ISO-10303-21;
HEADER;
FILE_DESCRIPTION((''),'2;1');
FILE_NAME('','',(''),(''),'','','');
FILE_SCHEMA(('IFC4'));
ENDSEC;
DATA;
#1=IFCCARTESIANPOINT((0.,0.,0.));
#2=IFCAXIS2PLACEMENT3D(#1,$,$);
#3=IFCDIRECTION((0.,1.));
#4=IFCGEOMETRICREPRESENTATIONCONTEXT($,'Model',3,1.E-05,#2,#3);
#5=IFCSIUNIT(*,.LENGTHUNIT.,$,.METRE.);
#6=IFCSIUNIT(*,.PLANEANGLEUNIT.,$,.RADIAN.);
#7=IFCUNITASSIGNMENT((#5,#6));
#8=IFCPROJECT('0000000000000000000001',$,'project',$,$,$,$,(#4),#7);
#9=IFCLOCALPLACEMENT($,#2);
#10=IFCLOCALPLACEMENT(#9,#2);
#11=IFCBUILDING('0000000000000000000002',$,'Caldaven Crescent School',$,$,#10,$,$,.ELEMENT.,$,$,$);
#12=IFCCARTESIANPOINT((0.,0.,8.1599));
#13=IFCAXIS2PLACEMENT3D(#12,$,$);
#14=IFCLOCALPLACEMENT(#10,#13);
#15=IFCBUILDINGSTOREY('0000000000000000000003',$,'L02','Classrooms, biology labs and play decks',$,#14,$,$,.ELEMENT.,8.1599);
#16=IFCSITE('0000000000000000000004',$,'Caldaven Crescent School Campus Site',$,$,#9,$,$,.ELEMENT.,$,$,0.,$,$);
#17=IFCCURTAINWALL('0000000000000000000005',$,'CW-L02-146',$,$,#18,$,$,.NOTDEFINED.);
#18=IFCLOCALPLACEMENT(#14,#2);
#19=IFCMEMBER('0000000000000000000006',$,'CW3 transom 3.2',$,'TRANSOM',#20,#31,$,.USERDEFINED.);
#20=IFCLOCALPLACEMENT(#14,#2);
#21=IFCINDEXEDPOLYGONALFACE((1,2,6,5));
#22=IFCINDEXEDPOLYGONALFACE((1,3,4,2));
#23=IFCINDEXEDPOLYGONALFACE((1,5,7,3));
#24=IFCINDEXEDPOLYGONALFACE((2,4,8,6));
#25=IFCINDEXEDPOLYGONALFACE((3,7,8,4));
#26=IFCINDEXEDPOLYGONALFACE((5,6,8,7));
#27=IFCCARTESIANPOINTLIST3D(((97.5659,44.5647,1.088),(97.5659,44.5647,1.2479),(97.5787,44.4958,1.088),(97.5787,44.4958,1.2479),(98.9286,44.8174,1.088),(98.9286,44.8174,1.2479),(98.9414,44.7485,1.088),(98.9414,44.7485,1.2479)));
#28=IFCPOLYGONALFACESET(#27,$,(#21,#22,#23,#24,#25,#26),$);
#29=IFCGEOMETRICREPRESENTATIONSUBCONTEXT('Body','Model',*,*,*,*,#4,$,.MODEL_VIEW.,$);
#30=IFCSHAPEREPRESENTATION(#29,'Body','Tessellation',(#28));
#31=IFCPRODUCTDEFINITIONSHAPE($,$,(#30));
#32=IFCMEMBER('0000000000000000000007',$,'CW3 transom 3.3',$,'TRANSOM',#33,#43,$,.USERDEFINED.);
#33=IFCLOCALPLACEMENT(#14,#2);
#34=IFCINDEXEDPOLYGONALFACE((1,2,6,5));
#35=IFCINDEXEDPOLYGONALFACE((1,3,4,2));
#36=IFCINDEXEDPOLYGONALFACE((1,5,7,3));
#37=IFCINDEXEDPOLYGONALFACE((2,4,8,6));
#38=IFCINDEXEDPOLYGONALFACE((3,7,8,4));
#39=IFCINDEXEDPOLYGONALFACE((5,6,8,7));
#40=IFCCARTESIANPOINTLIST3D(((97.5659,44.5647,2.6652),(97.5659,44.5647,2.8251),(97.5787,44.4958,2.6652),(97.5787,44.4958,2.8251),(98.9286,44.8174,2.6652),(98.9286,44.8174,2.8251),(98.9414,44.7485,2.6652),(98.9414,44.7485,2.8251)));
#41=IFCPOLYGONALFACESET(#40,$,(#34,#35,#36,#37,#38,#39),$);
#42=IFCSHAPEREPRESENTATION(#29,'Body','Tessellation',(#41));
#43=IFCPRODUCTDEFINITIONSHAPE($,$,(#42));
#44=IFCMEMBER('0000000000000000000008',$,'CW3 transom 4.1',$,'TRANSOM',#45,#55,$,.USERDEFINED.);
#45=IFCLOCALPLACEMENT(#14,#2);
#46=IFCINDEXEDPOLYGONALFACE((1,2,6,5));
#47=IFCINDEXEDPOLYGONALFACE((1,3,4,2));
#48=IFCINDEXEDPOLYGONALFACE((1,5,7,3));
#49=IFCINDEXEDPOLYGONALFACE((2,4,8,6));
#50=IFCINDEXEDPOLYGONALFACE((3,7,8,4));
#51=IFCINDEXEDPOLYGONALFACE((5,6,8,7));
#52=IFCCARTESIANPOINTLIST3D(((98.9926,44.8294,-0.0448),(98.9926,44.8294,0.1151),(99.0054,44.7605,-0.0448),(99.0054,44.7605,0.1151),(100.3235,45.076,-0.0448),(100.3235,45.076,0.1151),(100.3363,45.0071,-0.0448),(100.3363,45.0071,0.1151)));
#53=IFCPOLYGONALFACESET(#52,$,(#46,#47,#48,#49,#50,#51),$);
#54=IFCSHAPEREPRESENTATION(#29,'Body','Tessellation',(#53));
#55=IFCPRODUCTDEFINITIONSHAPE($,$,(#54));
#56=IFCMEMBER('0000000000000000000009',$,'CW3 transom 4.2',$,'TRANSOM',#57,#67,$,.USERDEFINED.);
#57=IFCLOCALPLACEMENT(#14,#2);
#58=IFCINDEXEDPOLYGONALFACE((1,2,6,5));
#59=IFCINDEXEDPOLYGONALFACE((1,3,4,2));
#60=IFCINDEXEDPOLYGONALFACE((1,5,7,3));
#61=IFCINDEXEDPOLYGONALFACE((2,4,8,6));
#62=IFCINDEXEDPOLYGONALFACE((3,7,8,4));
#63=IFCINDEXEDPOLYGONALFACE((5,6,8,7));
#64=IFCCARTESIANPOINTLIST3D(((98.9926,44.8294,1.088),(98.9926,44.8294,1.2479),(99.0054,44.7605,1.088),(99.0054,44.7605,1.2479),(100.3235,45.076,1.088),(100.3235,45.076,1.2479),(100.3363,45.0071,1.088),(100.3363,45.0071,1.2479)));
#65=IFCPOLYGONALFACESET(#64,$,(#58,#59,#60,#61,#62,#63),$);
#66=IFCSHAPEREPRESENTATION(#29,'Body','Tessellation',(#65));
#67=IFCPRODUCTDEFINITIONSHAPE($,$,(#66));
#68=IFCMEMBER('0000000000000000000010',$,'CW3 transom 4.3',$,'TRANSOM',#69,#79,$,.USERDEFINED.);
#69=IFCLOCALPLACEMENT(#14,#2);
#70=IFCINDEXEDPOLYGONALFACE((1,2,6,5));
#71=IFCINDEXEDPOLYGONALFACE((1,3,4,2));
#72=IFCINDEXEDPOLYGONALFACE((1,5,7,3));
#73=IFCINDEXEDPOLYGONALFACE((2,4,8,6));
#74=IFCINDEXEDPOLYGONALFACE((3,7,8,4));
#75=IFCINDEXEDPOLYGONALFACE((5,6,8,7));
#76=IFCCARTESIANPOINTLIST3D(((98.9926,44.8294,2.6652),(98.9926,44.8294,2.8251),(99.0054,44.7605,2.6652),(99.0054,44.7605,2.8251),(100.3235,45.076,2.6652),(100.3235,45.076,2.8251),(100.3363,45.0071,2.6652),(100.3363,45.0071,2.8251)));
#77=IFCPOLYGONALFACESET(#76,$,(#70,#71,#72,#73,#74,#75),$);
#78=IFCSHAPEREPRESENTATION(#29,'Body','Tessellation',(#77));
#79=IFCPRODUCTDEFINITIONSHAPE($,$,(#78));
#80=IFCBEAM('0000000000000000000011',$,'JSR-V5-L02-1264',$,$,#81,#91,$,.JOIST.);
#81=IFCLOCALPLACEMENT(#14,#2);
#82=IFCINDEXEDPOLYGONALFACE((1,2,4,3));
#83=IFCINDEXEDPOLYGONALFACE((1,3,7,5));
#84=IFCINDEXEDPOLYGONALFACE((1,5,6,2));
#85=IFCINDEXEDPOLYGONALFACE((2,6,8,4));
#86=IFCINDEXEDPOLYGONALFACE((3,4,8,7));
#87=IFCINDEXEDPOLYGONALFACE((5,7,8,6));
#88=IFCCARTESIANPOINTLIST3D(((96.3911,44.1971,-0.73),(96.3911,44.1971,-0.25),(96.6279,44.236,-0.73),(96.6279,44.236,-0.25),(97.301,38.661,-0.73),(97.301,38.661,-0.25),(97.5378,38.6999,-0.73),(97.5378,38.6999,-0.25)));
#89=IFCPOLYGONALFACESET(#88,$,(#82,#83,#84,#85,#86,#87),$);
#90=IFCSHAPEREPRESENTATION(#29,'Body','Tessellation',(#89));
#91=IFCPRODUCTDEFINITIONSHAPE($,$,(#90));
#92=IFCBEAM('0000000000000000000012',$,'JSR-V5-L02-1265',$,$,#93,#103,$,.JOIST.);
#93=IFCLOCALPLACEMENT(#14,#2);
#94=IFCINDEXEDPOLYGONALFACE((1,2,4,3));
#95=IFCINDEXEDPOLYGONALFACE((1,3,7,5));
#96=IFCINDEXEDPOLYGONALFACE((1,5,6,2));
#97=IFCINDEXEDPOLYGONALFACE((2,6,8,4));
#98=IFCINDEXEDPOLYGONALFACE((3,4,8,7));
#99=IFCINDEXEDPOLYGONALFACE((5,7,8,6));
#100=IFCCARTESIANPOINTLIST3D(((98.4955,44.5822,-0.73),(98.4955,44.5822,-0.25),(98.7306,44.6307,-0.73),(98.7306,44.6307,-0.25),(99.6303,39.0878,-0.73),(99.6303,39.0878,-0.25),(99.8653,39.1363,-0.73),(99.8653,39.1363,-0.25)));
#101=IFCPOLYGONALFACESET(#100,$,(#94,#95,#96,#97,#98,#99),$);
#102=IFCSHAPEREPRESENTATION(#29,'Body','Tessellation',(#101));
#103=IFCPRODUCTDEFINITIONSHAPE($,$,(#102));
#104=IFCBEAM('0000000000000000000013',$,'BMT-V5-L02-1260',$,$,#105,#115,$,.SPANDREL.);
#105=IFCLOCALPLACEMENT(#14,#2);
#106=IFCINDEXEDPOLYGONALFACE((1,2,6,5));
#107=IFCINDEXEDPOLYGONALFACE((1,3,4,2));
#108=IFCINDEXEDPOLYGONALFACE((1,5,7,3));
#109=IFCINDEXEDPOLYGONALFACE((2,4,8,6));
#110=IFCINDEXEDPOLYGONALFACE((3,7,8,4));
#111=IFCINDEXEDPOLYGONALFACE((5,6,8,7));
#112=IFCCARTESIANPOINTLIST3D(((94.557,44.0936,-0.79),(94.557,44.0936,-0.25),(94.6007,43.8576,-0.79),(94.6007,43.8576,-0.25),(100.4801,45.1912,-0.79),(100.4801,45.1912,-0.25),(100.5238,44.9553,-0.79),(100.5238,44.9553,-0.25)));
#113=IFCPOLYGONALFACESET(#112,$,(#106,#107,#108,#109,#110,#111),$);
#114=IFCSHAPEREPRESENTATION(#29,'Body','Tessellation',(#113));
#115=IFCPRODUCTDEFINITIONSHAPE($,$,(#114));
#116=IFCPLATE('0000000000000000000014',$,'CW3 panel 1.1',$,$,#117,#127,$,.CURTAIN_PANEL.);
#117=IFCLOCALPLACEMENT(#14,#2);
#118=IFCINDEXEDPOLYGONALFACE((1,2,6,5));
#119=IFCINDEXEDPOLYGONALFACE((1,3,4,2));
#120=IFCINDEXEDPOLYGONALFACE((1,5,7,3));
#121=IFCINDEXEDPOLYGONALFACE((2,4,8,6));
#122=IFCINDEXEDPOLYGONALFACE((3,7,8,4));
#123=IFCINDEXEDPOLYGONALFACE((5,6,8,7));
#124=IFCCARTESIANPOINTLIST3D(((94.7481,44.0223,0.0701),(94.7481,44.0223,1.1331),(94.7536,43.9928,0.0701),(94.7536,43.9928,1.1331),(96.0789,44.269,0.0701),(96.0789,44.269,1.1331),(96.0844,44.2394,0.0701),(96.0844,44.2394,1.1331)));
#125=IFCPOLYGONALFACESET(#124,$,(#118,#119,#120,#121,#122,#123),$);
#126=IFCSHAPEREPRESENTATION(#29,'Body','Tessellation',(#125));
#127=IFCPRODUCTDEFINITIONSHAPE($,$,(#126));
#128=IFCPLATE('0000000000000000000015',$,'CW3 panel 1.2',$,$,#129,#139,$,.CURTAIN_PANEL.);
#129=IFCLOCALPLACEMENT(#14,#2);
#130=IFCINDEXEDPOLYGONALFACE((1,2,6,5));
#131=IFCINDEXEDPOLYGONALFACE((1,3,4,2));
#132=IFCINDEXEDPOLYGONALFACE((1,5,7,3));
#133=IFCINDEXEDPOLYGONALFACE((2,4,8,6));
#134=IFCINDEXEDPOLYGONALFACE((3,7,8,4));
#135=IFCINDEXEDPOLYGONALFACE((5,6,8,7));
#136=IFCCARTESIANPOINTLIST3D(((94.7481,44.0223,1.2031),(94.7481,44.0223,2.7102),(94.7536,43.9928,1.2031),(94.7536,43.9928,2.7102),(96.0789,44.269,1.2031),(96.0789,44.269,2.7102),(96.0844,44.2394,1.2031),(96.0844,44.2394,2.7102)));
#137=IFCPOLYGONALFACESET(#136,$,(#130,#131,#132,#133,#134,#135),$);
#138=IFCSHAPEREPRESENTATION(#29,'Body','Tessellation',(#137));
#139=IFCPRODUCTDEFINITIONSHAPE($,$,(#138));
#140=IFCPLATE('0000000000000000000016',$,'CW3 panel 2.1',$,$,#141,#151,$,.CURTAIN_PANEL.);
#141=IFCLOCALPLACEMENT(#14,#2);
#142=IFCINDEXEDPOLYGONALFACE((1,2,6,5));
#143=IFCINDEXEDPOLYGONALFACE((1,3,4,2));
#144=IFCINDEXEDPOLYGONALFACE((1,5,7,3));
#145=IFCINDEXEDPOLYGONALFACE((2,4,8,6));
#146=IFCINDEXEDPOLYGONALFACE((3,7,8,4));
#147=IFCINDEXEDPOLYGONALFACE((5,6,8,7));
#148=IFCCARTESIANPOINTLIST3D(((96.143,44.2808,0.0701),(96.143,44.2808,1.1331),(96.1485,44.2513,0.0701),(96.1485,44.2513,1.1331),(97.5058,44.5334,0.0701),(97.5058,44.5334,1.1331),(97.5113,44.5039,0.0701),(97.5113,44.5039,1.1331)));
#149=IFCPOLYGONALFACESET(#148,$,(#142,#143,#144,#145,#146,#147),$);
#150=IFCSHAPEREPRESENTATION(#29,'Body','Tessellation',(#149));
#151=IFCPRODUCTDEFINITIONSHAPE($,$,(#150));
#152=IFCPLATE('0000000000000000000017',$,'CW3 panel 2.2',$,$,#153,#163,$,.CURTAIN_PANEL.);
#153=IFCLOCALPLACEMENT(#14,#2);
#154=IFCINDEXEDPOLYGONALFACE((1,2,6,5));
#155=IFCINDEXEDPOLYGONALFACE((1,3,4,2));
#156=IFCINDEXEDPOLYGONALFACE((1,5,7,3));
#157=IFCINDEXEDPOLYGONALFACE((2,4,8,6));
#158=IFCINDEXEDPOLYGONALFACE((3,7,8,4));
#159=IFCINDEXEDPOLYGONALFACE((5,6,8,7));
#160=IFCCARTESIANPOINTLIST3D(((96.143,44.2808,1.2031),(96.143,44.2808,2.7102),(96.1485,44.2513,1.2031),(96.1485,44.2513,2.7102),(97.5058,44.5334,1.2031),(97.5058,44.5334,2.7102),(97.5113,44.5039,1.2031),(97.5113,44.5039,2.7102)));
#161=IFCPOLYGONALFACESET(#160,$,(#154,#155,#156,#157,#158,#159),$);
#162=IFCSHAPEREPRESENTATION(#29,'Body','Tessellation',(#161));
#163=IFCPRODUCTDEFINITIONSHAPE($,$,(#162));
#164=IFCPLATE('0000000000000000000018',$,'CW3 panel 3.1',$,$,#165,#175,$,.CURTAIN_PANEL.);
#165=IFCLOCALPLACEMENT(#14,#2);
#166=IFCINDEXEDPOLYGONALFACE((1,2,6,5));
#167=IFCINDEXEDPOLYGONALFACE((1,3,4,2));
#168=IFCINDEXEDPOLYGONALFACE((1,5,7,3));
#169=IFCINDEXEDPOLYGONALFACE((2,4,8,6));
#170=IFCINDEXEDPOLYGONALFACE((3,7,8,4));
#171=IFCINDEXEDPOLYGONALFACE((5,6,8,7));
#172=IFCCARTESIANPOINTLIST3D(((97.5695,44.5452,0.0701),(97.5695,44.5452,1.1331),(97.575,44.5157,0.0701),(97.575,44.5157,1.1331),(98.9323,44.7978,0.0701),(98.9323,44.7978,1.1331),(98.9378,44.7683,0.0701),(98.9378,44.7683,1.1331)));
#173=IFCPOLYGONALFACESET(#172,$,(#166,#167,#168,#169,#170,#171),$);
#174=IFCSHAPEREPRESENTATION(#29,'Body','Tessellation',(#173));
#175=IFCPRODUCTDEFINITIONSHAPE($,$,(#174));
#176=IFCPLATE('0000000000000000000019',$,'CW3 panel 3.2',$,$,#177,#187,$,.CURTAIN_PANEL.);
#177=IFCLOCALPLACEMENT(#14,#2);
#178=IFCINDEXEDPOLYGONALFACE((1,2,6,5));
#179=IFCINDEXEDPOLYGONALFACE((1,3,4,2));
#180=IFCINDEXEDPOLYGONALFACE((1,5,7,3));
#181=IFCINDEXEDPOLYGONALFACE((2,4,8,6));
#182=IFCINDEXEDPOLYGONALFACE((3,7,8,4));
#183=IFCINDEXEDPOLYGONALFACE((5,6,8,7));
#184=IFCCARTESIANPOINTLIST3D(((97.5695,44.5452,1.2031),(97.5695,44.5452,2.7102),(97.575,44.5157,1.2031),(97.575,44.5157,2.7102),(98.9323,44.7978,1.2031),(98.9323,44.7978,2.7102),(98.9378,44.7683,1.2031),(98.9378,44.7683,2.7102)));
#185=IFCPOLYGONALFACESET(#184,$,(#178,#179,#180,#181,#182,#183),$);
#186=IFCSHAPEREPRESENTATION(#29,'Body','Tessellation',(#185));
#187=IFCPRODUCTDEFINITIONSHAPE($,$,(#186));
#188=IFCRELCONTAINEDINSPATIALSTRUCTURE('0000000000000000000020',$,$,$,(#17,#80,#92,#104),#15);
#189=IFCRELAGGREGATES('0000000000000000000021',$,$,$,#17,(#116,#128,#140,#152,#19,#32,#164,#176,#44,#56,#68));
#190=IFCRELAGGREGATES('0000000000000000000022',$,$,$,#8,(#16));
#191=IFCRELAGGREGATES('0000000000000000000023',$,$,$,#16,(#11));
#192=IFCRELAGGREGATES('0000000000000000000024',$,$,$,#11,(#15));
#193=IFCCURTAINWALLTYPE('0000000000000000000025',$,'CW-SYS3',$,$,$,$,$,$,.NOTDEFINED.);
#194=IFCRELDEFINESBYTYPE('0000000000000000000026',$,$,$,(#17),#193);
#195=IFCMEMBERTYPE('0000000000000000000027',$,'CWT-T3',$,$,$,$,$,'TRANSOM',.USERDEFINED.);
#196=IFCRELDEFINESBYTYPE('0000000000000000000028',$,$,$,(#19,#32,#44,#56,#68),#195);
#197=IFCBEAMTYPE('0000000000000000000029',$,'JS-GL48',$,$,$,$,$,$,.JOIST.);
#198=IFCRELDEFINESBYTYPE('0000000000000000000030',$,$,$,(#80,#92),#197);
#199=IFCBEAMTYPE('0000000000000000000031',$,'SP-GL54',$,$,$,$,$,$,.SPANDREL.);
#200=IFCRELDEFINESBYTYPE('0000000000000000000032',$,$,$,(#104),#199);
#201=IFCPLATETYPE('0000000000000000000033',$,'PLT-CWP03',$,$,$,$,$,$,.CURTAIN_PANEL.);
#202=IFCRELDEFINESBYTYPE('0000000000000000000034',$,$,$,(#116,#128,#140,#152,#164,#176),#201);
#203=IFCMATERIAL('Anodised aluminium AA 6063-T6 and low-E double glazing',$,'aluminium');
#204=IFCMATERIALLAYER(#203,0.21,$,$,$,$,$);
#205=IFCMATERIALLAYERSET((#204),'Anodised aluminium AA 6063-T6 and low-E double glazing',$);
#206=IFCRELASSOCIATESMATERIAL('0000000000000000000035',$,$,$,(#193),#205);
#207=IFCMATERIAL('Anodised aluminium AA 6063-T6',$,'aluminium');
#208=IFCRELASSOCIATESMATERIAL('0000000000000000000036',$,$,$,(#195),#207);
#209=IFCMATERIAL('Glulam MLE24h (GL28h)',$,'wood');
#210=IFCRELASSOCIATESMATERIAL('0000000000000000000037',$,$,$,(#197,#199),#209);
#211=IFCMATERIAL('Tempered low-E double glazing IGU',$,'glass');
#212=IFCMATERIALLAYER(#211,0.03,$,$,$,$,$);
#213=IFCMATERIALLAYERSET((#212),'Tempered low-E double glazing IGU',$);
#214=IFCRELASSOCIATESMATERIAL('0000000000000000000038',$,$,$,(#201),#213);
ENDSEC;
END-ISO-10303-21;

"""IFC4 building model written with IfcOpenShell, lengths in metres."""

from ifc_helpers import new_model, si_unit, direction, frame, origin, origin_2d, place, context, subcontext, project, spatial, rectangle, extrude, material, layer, layer_set, material_profile, profile_set, type_object, element, aggregate, save


model = new_model("IFC4")

# Units and contexts
model_context = context("Model", 3, precision=1e-05, world=origin(), true_north=direction((0.0, 1.0)))
body_context = subcontext(model_context, "Body", "Model", "MODEL_VIEW")
ifc_project = project(units=[si_unit("LENGTHUNIT", "METRE"), si_unit("PLANEANGLEUNIT", "RADIAN")], contexts=[model_context])

# Site, building, storey
site_placement = place(None, origin())
site = spatial("IfcSite", under=ifc_project, at=site_placement, Name="Caldaven Crescent School Campus Site", CompositionType="ELEMENT", RefElevation=0.0)
building_placement = place(site_placement, origin())
building = spatial("IfcBuilding", under=site, at=building_placement, Name="Caldaven Crescent School", CompositionType="ELEMENT")
storey_placement = place(building_placement, frame((0.0, 0.0, 8.1599)))
storey = spatial("IfcBuildingStorey", under=building, at=storey_placement, Name="L02", Description="Classrooms, biology labs and play decks", CompositionType="ELEMENT", Elevation=8.1599)

# Shared definitions
ifc_material_1 = material(Name="Glulam MLE24h (GL28h)", Category="wood")

# Shared definitions
ifc_material_2 = material(Name="Anodised aluminium AA 6063-T6 and low-E double glazing", Category="aluminium")
ifc_material_3 = material(Name="Anodised aluminium AA 6063-T6", Category="aluminium")

# Curtain wall, members
ifc_layer_1 = layer(ifc_material_2, 0.21)
ifc_layer_set_1 = layer_set([ifc_layer_1], Name="Anodised aluminium AA 6063-T6 and low-E double glazing")
curtain_wall_type_1 = type_object("IfcCurtainWallType", Name="CW-SYS3", PredefinedType="NOTDEFINED", material=ifc_layer_set_1)
curtain_wall_1_placement = place(storey_placement, origin())
curtain_wall_1 = element("IfcCurtainWall", 1, at=curtain_wall_1_placement, inside=storey, type_object=curtain_wall_type_1, Name="CW-L02-146", PredefinedType="NOTDEFINED")
ifc_material_profile_1 = material_profile(ifc_material_3, rectangle(XDim=0.0701, YDim=0.1599, at=origin_2d()), Name="CWT 70x160")
ifc_profile_set_1 = profile_set([ifc_material_profile_1], Name="Anodised aluminium AA 6063-T6")
member_type_1 = type_object("IfcMemberType", Name="CWT-T3", ElementType="TRANSOM", PredefinedType="USERDEFINED", material=ifc_profile_set_1)
member_1_placement = place(storey_placement, frame((97.5723, 44.5303, 1.168), z_axis=(0.983241, 0.18231, 0.0), x_axis=(-0.18231, 0.983241, 0.0)))
member_1 = element("IfcMember", 2, at=member_1_placement, type_object=member_type_1, Name="CW3 transom 3.2", ObjectType="TRANSOM", PredefinedType="USERDEFINED", context=body_context, shape_type="SweptSolid", body=[
    extrude(rectangle(XDim=0.0701, YDim=0.1599, at=origin_2d()), origin(), (0.0, 0.0, 1.0), 1.386),
])
member_2_placement = place(storey_placement, frame((97.5723, 44.5303, 2.7451), z_axis=(0.983241, 0.18231, 0.0), x_axis=(-0.18231, 0.983241, 0.0)))
member_2 = element("IfcMember", 3, at=member_2_placement, type_object=member_type_1, Name="CW3 transom 3.3", ObjectType="TRANSOM", PredefinedType="USERDEFINED", context=body_context, shape_type="SweptSolid", body=[
    extrude(rectangle(XDim=0.0701, YDim=0.1599, at=origin_2d()), origin(), (0.0, 0.0, 1.0), 1.386),
])
member_3_placement = place(storey_placement, frame((98.999, 44.7949, 0.0352), z_axis=(0.983264, 0.182186, 0.0), x_axis=(-0.182186, 0.983264, 0.0)))
member_3 = element("IfcMember", 4, at=member_3_placement, type_object=member_type_1, Name="CW3 transom 4.1", ObjectType="TRANSOM", PredefinedType="USERDEFINED", context=body_context, shape_type="SweptSolid", body=[
    extrude(rectangle(XDim=0.0701, YDim=0.1599, at=origin_2d()), origin(), (0.0, 0.0, 1.0), 1.3535),
])
member_4_placement = place(storey_placement, frame((98.999, 44.7949, 1.168), z_axis=(0.983264, 0.182186, 0.0), x_axis=(-0.182186, 0.983264, 0.0)))
member_4 = element("IfcMember", 5, at=member_4_placement, type_object=member_type_1, Name="CW3 transom 4.2", ObjectType="TRANSOM", PredefinedType="USERDEFINED", context=body_context, shape_type="SweptSolid", body=[
    extrude(rectangle(XDim=0.0701, YDim=0.1599, at=origin_2d()), origin(), (0.0, 0.0, 1.0), 1.3535),
])
member_5_placement = place(storey_placement, frame((98.999, 44.7949, 2.7451), z_axis=(0.983264, 0.182186, 0.0), x_axis=(-0.182186, 0.983264, 0.0)))
member_5 = element("IfcMember", 6, at=member_5_placement, type_object=member_type_1, Name="CW3 transom 4.3", ObjectType="TRANSOM", PredefinedType="USERDEFINED", context=body_context, shape_type="SweptSolid", body=[
    extrude(rectangle(XDim=0.0701, YDim=0.1599, at=origin_2d()), origin(), (0.0, 0.0, 1.0), 1.3535),
])

# Beams
ifc_material_profile_2 = material_profile(ifc_material_1, rectangle(XDim=0.24, YDim=0.48, at=origin_2d()), Name="MLE 240x480")
ifc_profile_set_2 = profile_set([ifc_material_profile_2], Name="Glulam MLE24h (GL28h)")
beam_type_1 = type_object("IfcBeamType", Name="JS-GL48", PredefinedType="JOIST", material=ifc_profile_set_2)
for number, where, z_axis, x_axis, name in (
    (7, (96.5095, 44.2166, -0.49), (0.162183, -0.986761, 0.0), (0.986761, 0.162183, 0.0), "JSR-V5-L02-1264"),
    (8, (98.613, 44.6064, -0.49), (0.202263, -0.979331, 0.0), (0.979331, 0.202263, 0.0), "JSR-V5-L02-1265"),
):
    element("IfcBeam", number, at=place(storey_placement, frame(where, z_axis=z_axis, x_axis=x_axis)), inside=storey, type_object=beam_type_1, Name=name, PredefinedType="JOIST", context=body_context, shape_type="SweptSolid", body=[
        extrude(rectangle(XDim=0.24, YDim=0.48, at=origin_2d()), origin(), (0.0, 0.0, 1.0), 5.6104),
    ])
ifc_material_profile_3 = material_profile(ifc_material_1, rectangle(XDim=0.24, YDim=0.54, at=origin_2d()), Name="MLE 240x540")
ifc_profile_set_3 = profile_set([ifc_material_profile_3], Name="Glulam MLE24h (GL28h)")
beam_type_2 = type_object("IfcBeamType", Name="SP-GL54", PredefinedType="SPANDREL", material=ifc_profile_set_3)
beam_1_placement = place(storey_placement, frame((94.5789, 43.9756, -0.52), z_axis=(0.983259, 0.182216, 0.0), x_axis=(-0.182216, 0.983259, 0.0)))
element("IfcBeam", 9, at=beam_1_placement, inside=storey, type_object=beam_type_2, Name="BMT-V5-L02-1260", PredefinedType="SPANDREL", context=body_context, shape_type="SweptSolid", body=[
    extrude(rectangle(XDim=0.24, YDim=0.54, at=origin_2d()), origin(), (0.0, 0.0, 1.0), 6.0239),
])

# Plates
ifc_material_4 = material(Name="Tempered low-E double glazing IGU", Category="glass")
ifc_layer_2 = layer(ifc_material_4, 0.03)
ifc_layer_set_2 = layer_set([ifc_layer_2], Name="Tempered low-E double glazing IGU")
plate_type = type_object("IfcPlateType", Name="PLT-CWP03", PredefinedType="CURTAIN_PANEL", material=ifc_layer_set_2)
plate_1_placement = place(storey_placement, frame((95.4163, 44.1309, 0.0701), z_axis=(0.0, 0.0, 1.0), x_axis=(0.983255, 0.182236, 0.0)))
plate_1 = element("IfcPlate", 10, at=plate_1_placement, type_object=plate_type, Name="CW3 panel 1.1", PredefinedType="CURTAIN_PANEL", context=body_context, shape_type="SweptSolid", body=[
    extrude(rectangle(XDim=1.3535, YDim=0.03, at=origin_2d()), origin(), (0.0, 0.0, 1.0), 1.063),
])
plate_2_placement = place(storey_placement, frame((95.4163, 44.1309, 1.2031), z_axis=(0.0, 0.0, 1.0), x_axis=(0.983255, 0.182236, 0.0)))
plate_2 = element("IfcPlate", 11, at=plate_2_placement, type_object=plate_type, Name="CW3 panel 1.2", PredefinedType="CURTAIN_PANEL", context=body_context, shape_type="SweptSolid", body=[
    extrude(rectangle(XDim=1.3535, YDim=0.03, at=origin_2d()), origin(), (0.0, 0.0, 1.0), 1.5071),
])
plate_3_placement = place(storey_placement, frame((96.8271, 44.3923, 0.0701), z_axis=(0.0, 0.0, 1.0), x_axis=(0.983255, 0.182236, 0.0)))
plate_3 = element("IfcPlate", 12, at=plate_3_placement, type_object=plate_type, Name="CW3 panel 2.1", PredefinedType="CURTAIN_PANEL", context=body_context, shape_type="SweptSolid", body=[
    extrude(rectangle(XDim=1.386, YDim=0.03, at=origin_2d()), origin(), (0.0, 0.0, 1.0), 1.063),
])
plate_4_placement = place(storey_placement, frame((96.8271, 44.3923, 1.2031), z_axis=(0.0, 0.0, 1.0), x_axis=(0.983255, 0.182236, 0.0)))
plate_4 = element("IfcPlate", 13, at=plate_4_placement, type_object=plate_type, Name="CW3 panel 2.2", PredefinedType="CURTAIN_PANEL", context=body_context, shape_type="SweptSolid", body=[
    extrude(rectangle(XDim=1.386, YDim=0.03, at=origin_2d()), origin(), (0.0, 0.0, 1.0), 1.5071),
])
plate_5_placement = place(storey_placement, frame((98.2537, 44.6567, 0.0701), z_axis=(0.0, 0.0, 1.0), x_axis=(0.983255, 0.182236, 0.0)))
plate_5 = element("IfcPlate", 14, at=plate_5_placement, type_object=plate_type, Name="CW3 panel 3.1", PredefinedType="CURTAIN_PANEL", context=body_context, shape_type="SweptSolid", body=[
    extrude(rectangle(XDim=1.386, YDim=0.03, at=origin_2d()), origin(), (0.0, 0.0, 1.0), 1.063),
])
plate_6_placement = place(storey_placement, frame((98.2537, 44.6567, 1.2031), z_axis=(0.0, 0.0, 1.0), x_axis=(0.983255, 0.182236, 0.0)))
plate_6 = element("IfcPlate", 15, at=plate_6_placement, type_object=plate_type, Name="CW3 panel 3.2", PredefinedType="CURTAIN_PANEL", context=body_context, shape_type="SweptSolid", body=[
    extrude(rectangle(XDim=1.386, YDim=0.03, at=origin_2d()), origin(), (0.0, 0.0, 1.0), 1.5071),
])
aggregate(curtain_wall_1, [plate_1, plate_2, plate_3, plate_4, member_1, member_2, plate_5, plate_6, member_3, member_4, member_5])

save(model, "model.ifc")
